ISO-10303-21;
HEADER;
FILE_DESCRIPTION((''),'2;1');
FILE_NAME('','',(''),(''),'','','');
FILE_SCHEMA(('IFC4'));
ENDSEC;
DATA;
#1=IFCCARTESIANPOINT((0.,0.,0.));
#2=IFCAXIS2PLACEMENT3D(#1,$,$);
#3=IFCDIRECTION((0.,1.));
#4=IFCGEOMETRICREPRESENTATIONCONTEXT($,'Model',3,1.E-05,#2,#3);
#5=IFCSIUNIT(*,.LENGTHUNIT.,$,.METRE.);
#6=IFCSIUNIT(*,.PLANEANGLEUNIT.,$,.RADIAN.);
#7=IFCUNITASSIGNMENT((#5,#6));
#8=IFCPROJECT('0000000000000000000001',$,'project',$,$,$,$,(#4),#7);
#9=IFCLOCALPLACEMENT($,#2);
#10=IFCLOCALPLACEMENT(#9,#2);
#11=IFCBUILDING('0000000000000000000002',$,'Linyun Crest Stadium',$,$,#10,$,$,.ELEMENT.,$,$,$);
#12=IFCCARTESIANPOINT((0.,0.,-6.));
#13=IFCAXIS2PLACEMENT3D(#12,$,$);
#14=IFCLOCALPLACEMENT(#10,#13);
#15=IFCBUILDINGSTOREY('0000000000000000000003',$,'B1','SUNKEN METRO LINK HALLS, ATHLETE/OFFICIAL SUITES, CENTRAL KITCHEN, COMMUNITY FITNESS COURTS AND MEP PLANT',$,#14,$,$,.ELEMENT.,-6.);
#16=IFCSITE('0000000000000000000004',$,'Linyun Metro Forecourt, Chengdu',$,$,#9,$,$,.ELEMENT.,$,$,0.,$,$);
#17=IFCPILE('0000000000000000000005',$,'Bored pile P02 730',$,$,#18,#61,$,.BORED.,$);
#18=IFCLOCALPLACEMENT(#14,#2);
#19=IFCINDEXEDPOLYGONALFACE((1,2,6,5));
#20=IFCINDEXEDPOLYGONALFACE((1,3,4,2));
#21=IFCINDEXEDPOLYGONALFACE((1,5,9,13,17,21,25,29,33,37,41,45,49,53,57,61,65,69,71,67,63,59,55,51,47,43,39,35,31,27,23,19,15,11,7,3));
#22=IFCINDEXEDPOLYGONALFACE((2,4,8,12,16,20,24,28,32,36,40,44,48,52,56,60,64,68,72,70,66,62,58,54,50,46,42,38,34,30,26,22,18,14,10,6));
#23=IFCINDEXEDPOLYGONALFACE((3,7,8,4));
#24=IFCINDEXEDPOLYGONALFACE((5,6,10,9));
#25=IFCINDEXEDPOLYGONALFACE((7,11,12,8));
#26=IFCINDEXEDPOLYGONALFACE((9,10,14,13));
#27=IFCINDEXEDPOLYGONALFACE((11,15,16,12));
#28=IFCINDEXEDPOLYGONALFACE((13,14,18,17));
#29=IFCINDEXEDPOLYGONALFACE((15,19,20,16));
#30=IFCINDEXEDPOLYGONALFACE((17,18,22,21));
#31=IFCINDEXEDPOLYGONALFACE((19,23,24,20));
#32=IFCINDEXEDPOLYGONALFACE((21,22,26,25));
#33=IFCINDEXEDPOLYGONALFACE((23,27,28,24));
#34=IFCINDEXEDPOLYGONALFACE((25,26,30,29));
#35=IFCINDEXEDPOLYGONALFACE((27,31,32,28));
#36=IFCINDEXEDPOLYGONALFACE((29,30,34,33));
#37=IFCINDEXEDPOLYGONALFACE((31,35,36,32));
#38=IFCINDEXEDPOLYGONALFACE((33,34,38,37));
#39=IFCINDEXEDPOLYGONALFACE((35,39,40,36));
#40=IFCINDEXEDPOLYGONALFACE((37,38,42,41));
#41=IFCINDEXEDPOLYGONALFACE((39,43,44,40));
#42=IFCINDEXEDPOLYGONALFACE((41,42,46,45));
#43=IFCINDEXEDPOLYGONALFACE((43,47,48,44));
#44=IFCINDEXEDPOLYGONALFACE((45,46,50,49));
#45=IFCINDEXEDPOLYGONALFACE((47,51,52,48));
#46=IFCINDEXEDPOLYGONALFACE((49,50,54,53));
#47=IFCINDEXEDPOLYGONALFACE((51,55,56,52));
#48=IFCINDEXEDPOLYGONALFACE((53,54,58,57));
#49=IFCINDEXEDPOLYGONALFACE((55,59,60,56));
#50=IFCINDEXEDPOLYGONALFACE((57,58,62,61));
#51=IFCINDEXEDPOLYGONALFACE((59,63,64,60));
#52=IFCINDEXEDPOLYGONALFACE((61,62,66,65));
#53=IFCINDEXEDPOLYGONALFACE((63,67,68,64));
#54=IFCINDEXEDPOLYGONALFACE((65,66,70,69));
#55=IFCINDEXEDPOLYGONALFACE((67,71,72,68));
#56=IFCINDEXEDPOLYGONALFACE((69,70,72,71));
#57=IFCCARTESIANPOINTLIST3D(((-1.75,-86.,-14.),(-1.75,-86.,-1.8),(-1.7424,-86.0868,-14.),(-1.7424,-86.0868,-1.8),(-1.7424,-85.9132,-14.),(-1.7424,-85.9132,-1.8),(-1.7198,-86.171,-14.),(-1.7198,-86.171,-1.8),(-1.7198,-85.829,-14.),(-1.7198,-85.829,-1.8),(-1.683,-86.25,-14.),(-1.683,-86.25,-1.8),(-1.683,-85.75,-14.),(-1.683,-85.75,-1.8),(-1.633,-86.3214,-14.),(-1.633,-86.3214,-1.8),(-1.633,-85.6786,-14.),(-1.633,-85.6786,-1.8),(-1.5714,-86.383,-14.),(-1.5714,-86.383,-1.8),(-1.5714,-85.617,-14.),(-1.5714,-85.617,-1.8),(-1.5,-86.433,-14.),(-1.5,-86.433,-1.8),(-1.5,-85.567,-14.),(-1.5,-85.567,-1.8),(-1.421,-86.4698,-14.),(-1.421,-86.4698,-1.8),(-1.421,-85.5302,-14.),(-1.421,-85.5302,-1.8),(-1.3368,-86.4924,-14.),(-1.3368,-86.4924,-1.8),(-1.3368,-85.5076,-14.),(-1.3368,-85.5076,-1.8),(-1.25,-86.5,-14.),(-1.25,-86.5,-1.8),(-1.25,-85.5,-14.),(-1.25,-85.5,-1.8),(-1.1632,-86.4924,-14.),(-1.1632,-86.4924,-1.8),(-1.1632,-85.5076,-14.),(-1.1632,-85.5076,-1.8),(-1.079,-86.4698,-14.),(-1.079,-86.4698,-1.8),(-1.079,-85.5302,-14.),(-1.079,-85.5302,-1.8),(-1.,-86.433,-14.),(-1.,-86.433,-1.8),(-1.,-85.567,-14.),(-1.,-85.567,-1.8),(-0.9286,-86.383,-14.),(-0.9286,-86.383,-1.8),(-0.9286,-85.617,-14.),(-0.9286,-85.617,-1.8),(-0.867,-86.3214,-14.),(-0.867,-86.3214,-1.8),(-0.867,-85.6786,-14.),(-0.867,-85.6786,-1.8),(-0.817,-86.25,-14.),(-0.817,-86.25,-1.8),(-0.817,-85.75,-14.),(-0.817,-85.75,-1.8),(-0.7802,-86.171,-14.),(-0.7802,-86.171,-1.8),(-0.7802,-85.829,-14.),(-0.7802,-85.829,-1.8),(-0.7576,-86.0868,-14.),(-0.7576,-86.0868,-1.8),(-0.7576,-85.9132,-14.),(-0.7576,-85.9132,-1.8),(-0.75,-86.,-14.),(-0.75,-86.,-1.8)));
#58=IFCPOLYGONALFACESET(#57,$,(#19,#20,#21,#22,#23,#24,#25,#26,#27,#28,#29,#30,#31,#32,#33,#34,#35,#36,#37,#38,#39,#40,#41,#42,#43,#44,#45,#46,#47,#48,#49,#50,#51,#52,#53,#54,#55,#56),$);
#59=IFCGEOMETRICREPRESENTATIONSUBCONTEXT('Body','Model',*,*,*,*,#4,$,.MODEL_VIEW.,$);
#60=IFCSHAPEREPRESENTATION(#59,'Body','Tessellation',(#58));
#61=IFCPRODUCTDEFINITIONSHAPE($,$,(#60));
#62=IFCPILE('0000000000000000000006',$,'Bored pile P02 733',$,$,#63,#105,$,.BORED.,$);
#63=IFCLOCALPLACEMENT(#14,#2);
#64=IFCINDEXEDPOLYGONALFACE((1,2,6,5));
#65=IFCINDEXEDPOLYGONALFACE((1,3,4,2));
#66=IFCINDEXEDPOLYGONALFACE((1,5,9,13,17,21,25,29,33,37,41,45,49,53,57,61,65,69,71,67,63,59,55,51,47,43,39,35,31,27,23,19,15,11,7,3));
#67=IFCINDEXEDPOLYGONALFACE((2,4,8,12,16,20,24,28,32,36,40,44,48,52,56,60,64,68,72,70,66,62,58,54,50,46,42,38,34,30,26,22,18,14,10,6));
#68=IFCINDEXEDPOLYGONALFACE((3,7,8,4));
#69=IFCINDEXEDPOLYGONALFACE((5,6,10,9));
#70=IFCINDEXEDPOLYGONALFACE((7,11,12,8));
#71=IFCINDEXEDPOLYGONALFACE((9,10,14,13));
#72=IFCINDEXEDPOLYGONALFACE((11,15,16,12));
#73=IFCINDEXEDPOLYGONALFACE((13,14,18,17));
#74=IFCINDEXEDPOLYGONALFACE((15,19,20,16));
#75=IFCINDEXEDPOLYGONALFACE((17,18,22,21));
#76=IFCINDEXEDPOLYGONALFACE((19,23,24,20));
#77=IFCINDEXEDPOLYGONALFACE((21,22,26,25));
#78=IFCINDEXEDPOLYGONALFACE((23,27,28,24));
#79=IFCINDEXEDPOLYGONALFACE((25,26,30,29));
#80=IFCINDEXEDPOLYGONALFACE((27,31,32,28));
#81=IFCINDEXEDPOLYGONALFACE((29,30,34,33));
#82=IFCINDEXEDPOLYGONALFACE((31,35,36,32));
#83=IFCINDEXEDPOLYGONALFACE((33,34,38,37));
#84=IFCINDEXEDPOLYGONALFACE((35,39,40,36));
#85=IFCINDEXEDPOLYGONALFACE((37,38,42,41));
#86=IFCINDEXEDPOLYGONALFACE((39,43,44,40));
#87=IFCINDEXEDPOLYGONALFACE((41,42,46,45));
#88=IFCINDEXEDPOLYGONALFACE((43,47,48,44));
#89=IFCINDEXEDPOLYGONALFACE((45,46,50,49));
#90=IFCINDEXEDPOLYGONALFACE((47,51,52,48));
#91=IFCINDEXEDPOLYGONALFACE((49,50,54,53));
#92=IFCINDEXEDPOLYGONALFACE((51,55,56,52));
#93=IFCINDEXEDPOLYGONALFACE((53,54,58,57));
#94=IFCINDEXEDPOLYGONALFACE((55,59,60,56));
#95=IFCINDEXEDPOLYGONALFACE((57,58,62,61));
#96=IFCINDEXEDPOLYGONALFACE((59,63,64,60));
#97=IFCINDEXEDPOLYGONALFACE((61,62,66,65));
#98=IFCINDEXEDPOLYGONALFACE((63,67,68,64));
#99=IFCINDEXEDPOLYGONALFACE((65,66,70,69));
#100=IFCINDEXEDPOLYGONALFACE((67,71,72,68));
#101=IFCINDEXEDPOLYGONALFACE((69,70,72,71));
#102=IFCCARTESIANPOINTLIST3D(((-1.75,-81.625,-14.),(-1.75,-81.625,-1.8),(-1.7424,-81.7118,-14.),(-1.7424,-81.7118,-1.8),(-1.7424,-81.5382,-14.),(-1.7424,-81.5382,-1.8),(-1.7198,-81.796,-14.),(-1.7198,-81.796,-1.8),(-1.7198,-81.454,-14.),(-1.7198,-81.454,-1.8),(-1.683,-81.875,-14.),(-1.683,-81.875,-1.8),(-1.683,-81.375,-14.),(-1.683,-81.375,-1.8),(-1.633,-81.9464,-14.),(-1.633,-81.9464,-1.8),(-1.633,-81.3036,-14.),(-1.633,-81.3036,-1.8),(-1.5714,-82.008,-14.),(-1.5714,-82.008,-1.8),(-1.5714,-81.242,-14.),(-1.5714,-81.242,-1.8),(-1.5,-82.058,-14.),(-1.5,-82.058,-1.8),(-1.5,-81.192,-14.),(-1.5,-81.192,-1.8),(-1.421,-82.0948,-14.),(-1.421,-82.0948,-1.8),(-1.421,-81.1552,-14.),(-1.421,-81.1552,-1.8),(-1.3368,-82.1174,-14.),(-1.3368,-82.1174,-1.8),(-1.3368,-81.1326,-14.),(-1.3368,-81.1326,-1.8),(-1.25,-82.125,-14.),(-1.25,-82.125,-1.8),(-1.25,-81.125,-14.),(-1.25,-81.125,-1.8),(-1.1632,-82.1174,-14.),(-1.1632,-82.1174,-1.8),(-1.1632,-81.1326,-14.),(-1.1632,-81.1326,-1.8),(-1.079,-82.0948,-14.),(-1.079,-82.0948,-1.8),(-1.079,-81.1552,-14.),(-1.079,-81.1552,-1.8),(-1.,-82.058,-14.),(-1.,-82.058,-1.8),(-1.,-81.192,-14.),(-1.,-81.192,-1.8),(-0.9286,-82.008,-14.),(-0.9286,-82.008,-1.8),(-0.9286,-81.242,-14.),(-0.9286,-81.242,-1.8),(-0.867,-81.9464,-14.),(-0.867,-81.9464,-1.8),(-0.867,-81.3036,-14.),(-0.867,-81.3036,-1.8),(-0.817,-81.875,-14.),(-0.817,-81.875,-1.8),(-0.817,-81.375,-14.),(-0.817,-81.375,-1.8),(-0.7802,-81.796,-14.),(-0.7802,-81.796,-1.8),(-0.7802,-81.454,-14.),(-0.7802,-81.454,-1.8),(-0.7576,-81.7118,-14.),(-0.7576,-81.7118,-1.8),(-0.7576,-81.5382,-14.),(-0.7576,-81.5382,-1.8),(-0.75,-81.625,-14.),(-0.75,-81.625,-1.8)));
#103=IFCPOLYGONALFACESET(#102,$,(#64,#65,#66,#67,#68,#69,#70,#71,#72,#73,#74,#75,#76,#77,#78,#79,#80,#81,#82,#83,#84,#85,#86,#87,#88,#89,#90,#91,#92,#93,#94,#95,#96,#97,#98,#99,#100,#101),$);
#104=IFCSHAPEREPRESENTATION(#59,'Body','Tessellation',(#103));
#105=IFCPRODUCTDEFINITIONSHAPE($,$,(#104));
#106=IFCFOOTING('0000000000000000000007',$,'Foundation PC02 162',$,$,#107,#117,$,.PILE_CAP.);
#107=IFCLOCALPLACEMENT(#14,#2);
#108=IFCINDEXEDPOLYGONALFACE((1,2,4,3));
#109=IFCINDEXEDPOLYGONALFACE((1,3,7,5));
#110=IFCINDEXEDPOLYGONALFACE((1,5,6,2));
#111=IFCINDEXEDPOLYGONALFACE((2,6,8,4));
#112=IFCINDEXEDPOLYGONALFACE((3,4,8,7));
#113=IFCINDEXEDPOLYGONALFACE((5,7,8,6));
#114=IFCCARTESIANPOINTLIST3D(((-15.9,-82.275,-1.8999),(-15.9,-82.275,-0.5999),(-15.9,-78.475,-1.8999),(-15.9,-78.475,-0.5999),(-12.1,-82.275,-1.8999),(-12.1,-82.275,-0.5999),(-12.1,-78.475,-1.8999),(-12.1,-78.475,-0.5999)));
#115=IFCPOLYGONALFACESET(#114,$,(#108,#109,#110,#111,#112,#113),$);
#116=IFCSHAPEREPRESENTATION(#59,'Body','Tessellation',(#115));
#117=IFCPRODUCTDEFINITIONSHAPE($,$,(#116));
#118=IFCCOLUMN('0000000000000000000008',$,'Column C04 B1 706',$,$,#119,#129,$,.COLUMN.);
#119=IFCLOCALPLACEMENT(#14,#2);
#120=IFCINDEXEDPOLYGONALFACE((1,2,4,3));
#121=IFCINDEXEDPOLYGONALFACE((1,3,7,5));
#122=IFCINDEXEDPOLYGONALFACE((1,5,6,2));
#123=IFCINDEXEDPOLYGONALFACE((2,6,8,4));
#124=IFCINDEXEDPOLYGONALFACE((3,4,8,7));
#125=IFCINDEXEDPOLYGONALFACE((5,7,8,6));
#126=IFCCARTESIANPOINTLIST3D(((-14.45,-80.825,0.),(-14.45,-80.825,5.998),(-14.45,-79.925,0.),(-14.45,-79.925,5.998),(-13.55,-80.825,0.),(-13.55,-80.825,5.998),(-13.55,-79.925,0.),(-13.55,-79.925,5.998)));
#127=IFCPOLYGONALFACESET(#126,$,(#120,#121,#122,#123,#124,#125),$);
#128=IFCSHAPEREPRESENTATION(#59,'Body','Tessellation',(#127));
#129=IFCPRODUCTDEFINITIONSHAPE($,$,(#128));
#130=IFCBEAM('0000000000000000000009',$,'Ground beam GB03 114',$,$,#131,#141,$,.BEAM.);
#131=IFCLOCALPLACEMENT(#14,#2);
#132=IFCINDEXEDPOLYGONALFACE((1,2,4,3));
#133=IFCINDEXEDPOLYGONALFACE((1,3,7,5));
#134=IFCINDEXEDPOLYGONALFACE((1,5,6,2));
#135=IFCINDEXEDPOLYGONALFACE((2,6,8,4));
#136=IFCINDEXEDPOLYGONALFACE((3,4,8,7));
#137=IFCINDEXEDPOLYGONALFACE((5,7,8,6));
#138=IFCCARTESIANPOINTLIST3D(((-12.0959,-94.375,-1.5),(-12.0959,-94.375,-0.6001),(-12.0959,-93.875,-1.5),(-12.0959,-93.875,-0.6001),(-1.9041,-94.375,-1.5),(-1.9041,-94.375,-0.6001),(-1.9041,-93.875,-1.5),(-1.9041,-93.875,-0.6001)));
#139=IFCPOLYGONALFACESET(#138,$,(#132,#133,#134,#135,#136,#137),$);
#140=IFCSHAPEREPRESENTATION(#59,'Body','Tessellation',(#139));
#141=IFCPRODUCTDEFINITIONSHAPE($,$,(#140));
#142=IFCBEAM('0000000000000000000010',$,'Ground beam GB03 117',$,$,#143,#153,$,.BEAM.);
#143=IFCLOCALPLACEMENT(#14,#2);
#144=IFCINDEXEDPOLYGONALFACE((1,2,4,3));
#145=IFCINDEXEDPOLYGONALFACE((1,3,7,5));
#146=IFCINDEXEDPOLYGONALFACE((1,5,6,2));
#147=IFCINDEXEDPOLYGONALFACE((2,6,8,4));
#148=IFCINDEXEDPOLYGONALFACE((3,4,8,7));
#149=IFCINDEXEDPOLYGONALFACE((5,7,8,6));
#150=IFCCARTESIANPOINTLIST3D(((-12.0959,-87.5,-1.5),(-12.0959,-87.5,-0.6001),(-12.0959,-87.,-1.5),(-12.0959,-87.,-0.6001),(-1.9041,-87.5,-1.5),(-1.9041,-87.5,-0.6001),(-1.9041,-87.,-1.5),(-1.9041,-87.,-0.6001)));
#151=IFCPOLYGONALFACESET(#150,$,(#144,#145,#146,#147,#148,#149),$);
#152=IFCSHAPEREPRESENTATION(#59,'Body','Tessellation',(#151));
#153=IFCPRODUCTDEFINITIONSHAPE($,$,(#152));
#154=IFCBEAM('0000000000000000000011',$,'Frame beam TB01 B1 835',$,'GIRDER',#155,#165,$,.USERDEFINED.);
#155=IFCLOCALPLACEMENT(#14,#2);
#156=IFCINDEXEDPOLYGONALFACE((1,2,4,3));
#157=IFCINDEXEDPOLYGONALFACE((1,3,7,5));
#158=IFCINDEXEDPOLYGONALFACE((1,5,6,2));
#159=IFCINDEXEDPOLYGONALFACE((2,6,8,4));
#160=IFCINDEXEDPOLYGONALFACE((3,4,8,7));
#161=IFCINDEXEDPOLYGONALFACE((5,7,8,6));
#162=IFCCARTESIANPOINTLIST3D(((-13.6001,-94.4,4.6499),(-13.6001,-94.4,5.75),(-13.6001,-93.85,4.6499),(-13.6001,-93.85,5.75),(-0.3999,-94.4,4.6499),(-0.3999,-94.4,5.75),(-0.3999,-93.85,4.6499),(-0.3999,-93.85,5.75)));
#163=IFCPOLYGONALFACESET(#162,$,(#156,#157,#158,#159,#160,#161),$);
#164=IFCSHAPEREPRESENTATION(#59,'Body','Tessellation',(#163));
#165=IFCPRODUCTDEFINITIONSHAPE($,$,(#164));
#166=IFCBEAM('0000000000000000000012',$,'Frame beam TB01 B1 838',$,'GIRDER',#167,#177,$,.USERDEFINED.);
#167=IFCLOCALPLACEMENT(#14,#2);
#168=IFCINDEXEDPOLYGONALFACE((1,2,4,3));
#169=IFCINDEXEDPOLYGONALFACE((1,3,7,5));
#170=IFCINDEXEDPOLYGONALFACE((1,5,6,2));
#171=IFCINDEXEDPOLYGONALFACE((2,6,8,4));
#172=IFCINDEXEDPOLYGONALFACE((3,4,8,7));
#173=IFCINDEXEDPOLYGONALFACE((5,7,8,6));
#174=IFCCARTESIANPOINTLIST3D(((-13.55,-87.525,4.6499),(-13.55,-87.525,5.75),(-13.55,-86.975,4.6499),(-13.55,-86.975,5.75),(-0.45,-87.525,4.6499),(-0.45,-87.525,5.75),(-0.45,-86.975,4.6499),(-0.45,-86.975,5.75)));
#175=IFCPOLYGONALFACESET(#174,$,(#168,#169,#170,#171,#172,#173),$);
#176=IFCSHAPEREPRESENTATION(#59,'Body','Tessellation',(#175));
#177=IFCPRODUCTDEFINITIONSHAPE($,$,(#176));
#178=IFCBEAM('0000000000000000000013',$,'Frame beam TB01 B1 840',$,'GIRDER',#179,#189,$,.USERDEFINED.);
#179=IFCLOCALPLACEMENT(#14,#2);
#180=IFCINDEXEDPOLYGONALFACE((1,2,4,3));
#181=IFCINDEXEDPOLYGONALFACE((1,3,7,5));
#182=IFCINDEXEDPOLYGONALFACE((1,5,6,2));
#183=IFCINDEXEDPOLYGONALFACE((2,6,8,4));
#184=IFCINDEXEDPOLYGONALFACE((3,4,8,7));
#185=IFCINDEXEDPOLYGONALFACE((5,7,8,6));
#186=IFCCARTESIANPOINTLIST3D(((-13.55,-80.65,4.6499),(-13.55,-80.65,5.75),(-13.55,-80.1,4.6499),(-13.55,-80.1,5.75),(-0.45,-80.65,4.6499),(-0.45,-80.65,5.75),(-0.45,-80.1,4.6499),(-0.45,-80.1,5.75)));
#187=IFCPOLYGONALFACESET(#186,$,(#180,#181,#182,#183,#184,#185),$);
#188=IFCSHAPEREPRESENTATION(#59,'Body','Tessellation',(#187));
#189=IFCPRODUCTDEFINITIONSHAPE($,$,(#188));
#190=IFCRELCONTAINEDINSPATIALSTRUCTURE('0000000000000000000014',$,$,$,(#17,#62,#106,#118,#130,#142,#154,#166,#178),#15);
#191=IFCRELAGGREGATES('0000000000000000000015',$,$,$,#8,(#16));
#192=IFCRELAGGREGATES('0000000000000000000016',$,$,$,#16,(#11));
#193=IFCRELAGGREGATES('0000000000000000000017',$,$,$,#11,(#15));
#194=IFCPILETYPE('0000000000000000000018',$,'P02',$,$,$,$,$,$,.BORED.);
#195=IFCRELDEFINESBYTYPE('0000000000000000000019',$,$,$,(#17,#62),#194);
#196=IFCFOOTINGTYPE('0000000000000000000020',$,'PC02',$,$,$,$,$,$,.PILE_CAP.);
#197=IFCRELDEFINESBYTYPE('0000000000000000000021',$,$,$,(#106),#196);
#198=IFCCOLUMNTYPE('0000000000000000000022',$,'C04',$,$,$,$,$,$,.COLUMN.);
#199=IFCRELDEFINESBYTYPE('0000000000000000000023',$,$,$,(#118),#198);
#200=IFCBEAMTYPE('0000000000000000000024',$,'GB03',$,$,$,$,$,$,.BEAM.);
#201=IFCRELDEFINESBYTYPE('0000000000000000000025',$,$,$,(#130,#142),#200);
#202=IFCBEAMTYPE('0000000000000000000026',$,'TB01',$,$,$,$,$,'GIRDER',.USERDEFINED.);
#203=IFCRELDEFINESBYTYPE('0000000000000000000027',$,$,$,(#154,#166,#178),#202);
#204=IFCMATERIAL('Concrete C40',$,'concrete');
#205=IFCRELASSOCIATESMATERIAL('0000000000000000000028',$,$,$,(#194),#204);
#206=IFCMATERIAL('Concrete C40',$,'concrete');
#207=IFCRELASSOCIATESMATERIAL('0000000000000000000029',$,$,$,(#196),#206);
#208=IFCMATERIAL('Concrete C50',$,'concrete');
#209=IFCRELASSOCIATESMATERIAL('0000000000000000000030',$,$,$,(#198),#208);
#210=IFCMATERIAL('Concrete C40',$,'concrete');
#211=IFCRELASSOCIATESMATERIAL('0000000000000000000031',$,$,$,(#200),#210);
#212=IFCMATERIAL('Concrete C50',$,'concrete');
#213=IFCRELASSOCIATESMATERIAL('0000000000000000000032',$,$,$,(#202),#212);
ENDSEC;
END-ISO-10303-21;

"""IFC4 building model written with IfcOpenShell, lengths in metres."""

from ifc_helpers import new_model, si_unit, direction, frame, origin, origin_2d, place, context, subcontext, project, spatial, rectangle, circle, extrude, material, material_profile, profile_set, type_object, element, save


model = new_model("IFC4")

# Units and contexts
model_context = context("Model", 3, precision=1e-05, world=origin(), true_north=direction((0.0, 1.0)))
body_context = subcontext(model_context, "Body", "Model", "MODEL_VIEW")
ifc_project = project(units=[si_unit("LENGTHUNIT", "METRE"), si_unit("PLANEANGLEUNIT", "RADIAN")], contexts=[model_context])

# Site, building, storey
site_placement = place(None, origin())
site = spatial("IfcSite", under=ifc_project, at=site_placement, Name="Linyun Metro Forecourt, Chengdu", CompositionType="ELEMENT", RefElevation=0.0)
building_placement = place(site_placement, origin())
building = spatial("IfcBuilding", under=site, at=building_placement, Name="Linyun Crest Stadium", CompositionType="ELEMENT")
storey_placement = place(building_placement, frame((0.0, 0.0, -6.0)))
storey = spatial("IfcBuildingStorey", under=building, at=storey_placement, Name="B1", Description="SUNKEN METRO LINK HALLS, ATHLETE/OFFICIAL SUITES, CENTRAL KITCHEN, COMMUNITY FITNESS COURTS AND MEP PLANT", CompositionType="ELEMENT", Elevation=-6.0)

# Piles
ifc_material_1 = material(Name="Concrete C40", Category="concrete")
ifc_material_profile_1 = material_profile(ifc_material_1, circle(Radius=0.5, at=origin_2d()), Name="BORED PILE 1000")
ifc_profile_set_1 = profile_set([ifc_material_profile_1], Name="Concrete C40")
pile_type = type_object("IfcPileType", Name="P02", PredefinedType="BORED", material=ifc_profile_set_1)
for number, where, z_axis, x_axis, name in (
    (1, (-1.25, -86.0, -1.8), (0.0, 0.0, -1.0), (1.0, 0.0, 0.0), "Bored pile P02 730"),
    (2, (-1.25, -81.625, -1.8), (0.0, 0.0, -1.0), (1.0, 0.0, 0.0), "Bored pile P02 733"),
):
    element("IfcPile", number, at=place(storey_placement, frame(where, z_axis=z_axis, x_axis=x_axis)), inside=storey, type_object=pile_type, Name=name, PredefinedType="BORED", context=body_context, shape_type="SweptSolid", body=[
        extrude(circle(Radius=0.5, at=origin_2d()), origin(), (0.0, 0.0, 1.0), 12.2),
    ])

# Footing
ifc_material_2 = material(Name="Concrete C40", Category="concrete")
footing_type = type_object("IfcFootingType", Name="PC02", PredefinedType="PILE_CAP", material=ifc_material_2)
footing_placement = place(storey_placement, frame((-14.0, -80.375, -1.8999), z_axis=(0.0, 0.0, 1.0), x_axis=(1.0, 0.0, 0.0)))
element("IfcFooting", 3, at=footing_placement, inside=storey, type_object=footing_type, Name="Foundation PC02 162", PredefinedType="PILE_CAP", context=body_context, shape_type="SweptSolid", body=[
    extrude(rectangle(XDim=3.8, YDim=3.8, at=origin_2d()), origin(), (0.0, 0.0, 1.0), 1.3),
])

# Column
ifc_material_3 = material(Name="Concrete C50", Category="concrete")
ifc_material_profile_2 = material_profile(ifc_material_3, rectangle(XDim=0.8999, YDim=0.8999, at=origin_2d()), Name="RC 900x900")
ifc_profile_set_2 = profile_set([ifc_material_profile_2], Name="Concrete C50")
column_type = type_object("IfcColumnType", Name="C04", PredefinedType="COLUMN", material=ifc_profile_set_2)
column_placement = place(storey_placement, frame((-14.0, -80.375, 0.0), z_axis=(0.0, 0.0, 1.0), x_axis=(1.0, 0.0, 0.0)))
element("IfcColumn", 4, at=column_placement, inside=storey, type_object=column_type, Name="Column C04 B1 706", PredefinedType="COLUMN", context=body_context, shape_type="SweptSolid", body=[
    extrude(rectangle(XDim=0.8999, YDim=0.8999, at=origin_2d()), origin(), (0.0, 0.0, 1.0), 5.998),
])

# Beams
ifc_material_4 = material(Name="Concrete C40", Category="concrete")
ifc_material_profile_3 = material_profile(ifc_material_4, rectangle(XDim=0.5, YDim=0.8999, at=origin_2d()), Name="RCB 900x500")
ifc_profile_set_3 = profile_set([ifc_material_profile_3], Name="Concrete C40")
beam_type_1 = type_object("IfcBeamType", Name="GB03", PredefinedType="BEAM", material=ifc_profile_set_3)
for number, where, z_axis, x_axis, name in (
    (5, (-12.0959, -94.125, -1.05), (1.0, 0.0, 0.0), (0.0, 1.0, 0.0), "Ground beam GB03 114"),
    (6, (-12.0959, -87.25, -1.05), (1.0, 0.0, 0.0), (0.0, 1.0, 0.0), "Ground beam GB03 117"),
):
    element("IfcBeam", number, at=place(storey_placement, frame(where, z_axis=z_axis, x_axis=x_axis)), inside=storey, type_object=beam_type_1, Name=name, PredefinedType="BEAM", context=body_context, shape_type="SweptSolid", body=[
        extrude(rectangle(XDim=0.5, YDim=0.8999, at=origin_2d()), origin(), (0.0, 0.0, 1.0), 10.1919),
    ])
ifc_material_5 = material(Name="Concrete C50", Category="concrete")
ifc_material_profile_4 = material_profile(ifc_material_5, rectangle(XDim=0.55, YDim=1.1001, at=origin_2d()), Name="RCB 1100x550")
ifc_profile_set_4 = profile_set([ifc_material_profile_4], Name="Concrete C50")
beam_type_2 = type_object("IfcBeamType", Name="TB01", ElementType="GIRDER", PredefinedType="USERDEFINED", material=ifc_profile_set_4)
beam_placement = place(storey_placement, frame((-13.6001, -94.125, 5.2), z_axis=(1.0, 0.0, 0.0), x_axis=(0.0, 1.0, 0.0)))
element("IfcBeam", 7, at=beam_placement, inside=storey, type_object=beam_type_2, Name="Frame beam TB01 B1 835", ObjectType="GIRDER", PredefinedType="USERDEFINED", context=body_context, shape_type="SweptSolid", body=[
    extrude(rectangle(XDim=0.55, YDim=1.1001, at=origin_2d()), origin(), (0.0, 0.0, 1.0), 13.2002),
])
for number, where, z_axis, x_axis, name in (
    (8, (-13.55, -87.25, 5.2), (1.0, 0.0, 0.0), (0.0, 1.0, 0.0), "Frame beam TB01 B1 838"),
    (9, (-13.55, -80.375, 5.2), (1.0, 0.0, 0.0), (0.0, 1.0, 0.0), "Frame beam TB01 B1 840"),
):
    element("IfcBeam", number, at=place(storey_placement, frame(where, z_axis=z_axis, x_axis=x_axis)), inside=storey, type_object=beam_type_2, Name=name, ObjectType="GIRDER", PredefinedType="USERDEFINED", context=body_context, shape_type="SweptSolid", body=[
        extrude(rectangle(XDim=0.55, YDim=1.1001, at=origin_2d()), origin(), (0.0, 0.0, 1.0), 13.1001),
    ])

save(model, "model.ifc")
